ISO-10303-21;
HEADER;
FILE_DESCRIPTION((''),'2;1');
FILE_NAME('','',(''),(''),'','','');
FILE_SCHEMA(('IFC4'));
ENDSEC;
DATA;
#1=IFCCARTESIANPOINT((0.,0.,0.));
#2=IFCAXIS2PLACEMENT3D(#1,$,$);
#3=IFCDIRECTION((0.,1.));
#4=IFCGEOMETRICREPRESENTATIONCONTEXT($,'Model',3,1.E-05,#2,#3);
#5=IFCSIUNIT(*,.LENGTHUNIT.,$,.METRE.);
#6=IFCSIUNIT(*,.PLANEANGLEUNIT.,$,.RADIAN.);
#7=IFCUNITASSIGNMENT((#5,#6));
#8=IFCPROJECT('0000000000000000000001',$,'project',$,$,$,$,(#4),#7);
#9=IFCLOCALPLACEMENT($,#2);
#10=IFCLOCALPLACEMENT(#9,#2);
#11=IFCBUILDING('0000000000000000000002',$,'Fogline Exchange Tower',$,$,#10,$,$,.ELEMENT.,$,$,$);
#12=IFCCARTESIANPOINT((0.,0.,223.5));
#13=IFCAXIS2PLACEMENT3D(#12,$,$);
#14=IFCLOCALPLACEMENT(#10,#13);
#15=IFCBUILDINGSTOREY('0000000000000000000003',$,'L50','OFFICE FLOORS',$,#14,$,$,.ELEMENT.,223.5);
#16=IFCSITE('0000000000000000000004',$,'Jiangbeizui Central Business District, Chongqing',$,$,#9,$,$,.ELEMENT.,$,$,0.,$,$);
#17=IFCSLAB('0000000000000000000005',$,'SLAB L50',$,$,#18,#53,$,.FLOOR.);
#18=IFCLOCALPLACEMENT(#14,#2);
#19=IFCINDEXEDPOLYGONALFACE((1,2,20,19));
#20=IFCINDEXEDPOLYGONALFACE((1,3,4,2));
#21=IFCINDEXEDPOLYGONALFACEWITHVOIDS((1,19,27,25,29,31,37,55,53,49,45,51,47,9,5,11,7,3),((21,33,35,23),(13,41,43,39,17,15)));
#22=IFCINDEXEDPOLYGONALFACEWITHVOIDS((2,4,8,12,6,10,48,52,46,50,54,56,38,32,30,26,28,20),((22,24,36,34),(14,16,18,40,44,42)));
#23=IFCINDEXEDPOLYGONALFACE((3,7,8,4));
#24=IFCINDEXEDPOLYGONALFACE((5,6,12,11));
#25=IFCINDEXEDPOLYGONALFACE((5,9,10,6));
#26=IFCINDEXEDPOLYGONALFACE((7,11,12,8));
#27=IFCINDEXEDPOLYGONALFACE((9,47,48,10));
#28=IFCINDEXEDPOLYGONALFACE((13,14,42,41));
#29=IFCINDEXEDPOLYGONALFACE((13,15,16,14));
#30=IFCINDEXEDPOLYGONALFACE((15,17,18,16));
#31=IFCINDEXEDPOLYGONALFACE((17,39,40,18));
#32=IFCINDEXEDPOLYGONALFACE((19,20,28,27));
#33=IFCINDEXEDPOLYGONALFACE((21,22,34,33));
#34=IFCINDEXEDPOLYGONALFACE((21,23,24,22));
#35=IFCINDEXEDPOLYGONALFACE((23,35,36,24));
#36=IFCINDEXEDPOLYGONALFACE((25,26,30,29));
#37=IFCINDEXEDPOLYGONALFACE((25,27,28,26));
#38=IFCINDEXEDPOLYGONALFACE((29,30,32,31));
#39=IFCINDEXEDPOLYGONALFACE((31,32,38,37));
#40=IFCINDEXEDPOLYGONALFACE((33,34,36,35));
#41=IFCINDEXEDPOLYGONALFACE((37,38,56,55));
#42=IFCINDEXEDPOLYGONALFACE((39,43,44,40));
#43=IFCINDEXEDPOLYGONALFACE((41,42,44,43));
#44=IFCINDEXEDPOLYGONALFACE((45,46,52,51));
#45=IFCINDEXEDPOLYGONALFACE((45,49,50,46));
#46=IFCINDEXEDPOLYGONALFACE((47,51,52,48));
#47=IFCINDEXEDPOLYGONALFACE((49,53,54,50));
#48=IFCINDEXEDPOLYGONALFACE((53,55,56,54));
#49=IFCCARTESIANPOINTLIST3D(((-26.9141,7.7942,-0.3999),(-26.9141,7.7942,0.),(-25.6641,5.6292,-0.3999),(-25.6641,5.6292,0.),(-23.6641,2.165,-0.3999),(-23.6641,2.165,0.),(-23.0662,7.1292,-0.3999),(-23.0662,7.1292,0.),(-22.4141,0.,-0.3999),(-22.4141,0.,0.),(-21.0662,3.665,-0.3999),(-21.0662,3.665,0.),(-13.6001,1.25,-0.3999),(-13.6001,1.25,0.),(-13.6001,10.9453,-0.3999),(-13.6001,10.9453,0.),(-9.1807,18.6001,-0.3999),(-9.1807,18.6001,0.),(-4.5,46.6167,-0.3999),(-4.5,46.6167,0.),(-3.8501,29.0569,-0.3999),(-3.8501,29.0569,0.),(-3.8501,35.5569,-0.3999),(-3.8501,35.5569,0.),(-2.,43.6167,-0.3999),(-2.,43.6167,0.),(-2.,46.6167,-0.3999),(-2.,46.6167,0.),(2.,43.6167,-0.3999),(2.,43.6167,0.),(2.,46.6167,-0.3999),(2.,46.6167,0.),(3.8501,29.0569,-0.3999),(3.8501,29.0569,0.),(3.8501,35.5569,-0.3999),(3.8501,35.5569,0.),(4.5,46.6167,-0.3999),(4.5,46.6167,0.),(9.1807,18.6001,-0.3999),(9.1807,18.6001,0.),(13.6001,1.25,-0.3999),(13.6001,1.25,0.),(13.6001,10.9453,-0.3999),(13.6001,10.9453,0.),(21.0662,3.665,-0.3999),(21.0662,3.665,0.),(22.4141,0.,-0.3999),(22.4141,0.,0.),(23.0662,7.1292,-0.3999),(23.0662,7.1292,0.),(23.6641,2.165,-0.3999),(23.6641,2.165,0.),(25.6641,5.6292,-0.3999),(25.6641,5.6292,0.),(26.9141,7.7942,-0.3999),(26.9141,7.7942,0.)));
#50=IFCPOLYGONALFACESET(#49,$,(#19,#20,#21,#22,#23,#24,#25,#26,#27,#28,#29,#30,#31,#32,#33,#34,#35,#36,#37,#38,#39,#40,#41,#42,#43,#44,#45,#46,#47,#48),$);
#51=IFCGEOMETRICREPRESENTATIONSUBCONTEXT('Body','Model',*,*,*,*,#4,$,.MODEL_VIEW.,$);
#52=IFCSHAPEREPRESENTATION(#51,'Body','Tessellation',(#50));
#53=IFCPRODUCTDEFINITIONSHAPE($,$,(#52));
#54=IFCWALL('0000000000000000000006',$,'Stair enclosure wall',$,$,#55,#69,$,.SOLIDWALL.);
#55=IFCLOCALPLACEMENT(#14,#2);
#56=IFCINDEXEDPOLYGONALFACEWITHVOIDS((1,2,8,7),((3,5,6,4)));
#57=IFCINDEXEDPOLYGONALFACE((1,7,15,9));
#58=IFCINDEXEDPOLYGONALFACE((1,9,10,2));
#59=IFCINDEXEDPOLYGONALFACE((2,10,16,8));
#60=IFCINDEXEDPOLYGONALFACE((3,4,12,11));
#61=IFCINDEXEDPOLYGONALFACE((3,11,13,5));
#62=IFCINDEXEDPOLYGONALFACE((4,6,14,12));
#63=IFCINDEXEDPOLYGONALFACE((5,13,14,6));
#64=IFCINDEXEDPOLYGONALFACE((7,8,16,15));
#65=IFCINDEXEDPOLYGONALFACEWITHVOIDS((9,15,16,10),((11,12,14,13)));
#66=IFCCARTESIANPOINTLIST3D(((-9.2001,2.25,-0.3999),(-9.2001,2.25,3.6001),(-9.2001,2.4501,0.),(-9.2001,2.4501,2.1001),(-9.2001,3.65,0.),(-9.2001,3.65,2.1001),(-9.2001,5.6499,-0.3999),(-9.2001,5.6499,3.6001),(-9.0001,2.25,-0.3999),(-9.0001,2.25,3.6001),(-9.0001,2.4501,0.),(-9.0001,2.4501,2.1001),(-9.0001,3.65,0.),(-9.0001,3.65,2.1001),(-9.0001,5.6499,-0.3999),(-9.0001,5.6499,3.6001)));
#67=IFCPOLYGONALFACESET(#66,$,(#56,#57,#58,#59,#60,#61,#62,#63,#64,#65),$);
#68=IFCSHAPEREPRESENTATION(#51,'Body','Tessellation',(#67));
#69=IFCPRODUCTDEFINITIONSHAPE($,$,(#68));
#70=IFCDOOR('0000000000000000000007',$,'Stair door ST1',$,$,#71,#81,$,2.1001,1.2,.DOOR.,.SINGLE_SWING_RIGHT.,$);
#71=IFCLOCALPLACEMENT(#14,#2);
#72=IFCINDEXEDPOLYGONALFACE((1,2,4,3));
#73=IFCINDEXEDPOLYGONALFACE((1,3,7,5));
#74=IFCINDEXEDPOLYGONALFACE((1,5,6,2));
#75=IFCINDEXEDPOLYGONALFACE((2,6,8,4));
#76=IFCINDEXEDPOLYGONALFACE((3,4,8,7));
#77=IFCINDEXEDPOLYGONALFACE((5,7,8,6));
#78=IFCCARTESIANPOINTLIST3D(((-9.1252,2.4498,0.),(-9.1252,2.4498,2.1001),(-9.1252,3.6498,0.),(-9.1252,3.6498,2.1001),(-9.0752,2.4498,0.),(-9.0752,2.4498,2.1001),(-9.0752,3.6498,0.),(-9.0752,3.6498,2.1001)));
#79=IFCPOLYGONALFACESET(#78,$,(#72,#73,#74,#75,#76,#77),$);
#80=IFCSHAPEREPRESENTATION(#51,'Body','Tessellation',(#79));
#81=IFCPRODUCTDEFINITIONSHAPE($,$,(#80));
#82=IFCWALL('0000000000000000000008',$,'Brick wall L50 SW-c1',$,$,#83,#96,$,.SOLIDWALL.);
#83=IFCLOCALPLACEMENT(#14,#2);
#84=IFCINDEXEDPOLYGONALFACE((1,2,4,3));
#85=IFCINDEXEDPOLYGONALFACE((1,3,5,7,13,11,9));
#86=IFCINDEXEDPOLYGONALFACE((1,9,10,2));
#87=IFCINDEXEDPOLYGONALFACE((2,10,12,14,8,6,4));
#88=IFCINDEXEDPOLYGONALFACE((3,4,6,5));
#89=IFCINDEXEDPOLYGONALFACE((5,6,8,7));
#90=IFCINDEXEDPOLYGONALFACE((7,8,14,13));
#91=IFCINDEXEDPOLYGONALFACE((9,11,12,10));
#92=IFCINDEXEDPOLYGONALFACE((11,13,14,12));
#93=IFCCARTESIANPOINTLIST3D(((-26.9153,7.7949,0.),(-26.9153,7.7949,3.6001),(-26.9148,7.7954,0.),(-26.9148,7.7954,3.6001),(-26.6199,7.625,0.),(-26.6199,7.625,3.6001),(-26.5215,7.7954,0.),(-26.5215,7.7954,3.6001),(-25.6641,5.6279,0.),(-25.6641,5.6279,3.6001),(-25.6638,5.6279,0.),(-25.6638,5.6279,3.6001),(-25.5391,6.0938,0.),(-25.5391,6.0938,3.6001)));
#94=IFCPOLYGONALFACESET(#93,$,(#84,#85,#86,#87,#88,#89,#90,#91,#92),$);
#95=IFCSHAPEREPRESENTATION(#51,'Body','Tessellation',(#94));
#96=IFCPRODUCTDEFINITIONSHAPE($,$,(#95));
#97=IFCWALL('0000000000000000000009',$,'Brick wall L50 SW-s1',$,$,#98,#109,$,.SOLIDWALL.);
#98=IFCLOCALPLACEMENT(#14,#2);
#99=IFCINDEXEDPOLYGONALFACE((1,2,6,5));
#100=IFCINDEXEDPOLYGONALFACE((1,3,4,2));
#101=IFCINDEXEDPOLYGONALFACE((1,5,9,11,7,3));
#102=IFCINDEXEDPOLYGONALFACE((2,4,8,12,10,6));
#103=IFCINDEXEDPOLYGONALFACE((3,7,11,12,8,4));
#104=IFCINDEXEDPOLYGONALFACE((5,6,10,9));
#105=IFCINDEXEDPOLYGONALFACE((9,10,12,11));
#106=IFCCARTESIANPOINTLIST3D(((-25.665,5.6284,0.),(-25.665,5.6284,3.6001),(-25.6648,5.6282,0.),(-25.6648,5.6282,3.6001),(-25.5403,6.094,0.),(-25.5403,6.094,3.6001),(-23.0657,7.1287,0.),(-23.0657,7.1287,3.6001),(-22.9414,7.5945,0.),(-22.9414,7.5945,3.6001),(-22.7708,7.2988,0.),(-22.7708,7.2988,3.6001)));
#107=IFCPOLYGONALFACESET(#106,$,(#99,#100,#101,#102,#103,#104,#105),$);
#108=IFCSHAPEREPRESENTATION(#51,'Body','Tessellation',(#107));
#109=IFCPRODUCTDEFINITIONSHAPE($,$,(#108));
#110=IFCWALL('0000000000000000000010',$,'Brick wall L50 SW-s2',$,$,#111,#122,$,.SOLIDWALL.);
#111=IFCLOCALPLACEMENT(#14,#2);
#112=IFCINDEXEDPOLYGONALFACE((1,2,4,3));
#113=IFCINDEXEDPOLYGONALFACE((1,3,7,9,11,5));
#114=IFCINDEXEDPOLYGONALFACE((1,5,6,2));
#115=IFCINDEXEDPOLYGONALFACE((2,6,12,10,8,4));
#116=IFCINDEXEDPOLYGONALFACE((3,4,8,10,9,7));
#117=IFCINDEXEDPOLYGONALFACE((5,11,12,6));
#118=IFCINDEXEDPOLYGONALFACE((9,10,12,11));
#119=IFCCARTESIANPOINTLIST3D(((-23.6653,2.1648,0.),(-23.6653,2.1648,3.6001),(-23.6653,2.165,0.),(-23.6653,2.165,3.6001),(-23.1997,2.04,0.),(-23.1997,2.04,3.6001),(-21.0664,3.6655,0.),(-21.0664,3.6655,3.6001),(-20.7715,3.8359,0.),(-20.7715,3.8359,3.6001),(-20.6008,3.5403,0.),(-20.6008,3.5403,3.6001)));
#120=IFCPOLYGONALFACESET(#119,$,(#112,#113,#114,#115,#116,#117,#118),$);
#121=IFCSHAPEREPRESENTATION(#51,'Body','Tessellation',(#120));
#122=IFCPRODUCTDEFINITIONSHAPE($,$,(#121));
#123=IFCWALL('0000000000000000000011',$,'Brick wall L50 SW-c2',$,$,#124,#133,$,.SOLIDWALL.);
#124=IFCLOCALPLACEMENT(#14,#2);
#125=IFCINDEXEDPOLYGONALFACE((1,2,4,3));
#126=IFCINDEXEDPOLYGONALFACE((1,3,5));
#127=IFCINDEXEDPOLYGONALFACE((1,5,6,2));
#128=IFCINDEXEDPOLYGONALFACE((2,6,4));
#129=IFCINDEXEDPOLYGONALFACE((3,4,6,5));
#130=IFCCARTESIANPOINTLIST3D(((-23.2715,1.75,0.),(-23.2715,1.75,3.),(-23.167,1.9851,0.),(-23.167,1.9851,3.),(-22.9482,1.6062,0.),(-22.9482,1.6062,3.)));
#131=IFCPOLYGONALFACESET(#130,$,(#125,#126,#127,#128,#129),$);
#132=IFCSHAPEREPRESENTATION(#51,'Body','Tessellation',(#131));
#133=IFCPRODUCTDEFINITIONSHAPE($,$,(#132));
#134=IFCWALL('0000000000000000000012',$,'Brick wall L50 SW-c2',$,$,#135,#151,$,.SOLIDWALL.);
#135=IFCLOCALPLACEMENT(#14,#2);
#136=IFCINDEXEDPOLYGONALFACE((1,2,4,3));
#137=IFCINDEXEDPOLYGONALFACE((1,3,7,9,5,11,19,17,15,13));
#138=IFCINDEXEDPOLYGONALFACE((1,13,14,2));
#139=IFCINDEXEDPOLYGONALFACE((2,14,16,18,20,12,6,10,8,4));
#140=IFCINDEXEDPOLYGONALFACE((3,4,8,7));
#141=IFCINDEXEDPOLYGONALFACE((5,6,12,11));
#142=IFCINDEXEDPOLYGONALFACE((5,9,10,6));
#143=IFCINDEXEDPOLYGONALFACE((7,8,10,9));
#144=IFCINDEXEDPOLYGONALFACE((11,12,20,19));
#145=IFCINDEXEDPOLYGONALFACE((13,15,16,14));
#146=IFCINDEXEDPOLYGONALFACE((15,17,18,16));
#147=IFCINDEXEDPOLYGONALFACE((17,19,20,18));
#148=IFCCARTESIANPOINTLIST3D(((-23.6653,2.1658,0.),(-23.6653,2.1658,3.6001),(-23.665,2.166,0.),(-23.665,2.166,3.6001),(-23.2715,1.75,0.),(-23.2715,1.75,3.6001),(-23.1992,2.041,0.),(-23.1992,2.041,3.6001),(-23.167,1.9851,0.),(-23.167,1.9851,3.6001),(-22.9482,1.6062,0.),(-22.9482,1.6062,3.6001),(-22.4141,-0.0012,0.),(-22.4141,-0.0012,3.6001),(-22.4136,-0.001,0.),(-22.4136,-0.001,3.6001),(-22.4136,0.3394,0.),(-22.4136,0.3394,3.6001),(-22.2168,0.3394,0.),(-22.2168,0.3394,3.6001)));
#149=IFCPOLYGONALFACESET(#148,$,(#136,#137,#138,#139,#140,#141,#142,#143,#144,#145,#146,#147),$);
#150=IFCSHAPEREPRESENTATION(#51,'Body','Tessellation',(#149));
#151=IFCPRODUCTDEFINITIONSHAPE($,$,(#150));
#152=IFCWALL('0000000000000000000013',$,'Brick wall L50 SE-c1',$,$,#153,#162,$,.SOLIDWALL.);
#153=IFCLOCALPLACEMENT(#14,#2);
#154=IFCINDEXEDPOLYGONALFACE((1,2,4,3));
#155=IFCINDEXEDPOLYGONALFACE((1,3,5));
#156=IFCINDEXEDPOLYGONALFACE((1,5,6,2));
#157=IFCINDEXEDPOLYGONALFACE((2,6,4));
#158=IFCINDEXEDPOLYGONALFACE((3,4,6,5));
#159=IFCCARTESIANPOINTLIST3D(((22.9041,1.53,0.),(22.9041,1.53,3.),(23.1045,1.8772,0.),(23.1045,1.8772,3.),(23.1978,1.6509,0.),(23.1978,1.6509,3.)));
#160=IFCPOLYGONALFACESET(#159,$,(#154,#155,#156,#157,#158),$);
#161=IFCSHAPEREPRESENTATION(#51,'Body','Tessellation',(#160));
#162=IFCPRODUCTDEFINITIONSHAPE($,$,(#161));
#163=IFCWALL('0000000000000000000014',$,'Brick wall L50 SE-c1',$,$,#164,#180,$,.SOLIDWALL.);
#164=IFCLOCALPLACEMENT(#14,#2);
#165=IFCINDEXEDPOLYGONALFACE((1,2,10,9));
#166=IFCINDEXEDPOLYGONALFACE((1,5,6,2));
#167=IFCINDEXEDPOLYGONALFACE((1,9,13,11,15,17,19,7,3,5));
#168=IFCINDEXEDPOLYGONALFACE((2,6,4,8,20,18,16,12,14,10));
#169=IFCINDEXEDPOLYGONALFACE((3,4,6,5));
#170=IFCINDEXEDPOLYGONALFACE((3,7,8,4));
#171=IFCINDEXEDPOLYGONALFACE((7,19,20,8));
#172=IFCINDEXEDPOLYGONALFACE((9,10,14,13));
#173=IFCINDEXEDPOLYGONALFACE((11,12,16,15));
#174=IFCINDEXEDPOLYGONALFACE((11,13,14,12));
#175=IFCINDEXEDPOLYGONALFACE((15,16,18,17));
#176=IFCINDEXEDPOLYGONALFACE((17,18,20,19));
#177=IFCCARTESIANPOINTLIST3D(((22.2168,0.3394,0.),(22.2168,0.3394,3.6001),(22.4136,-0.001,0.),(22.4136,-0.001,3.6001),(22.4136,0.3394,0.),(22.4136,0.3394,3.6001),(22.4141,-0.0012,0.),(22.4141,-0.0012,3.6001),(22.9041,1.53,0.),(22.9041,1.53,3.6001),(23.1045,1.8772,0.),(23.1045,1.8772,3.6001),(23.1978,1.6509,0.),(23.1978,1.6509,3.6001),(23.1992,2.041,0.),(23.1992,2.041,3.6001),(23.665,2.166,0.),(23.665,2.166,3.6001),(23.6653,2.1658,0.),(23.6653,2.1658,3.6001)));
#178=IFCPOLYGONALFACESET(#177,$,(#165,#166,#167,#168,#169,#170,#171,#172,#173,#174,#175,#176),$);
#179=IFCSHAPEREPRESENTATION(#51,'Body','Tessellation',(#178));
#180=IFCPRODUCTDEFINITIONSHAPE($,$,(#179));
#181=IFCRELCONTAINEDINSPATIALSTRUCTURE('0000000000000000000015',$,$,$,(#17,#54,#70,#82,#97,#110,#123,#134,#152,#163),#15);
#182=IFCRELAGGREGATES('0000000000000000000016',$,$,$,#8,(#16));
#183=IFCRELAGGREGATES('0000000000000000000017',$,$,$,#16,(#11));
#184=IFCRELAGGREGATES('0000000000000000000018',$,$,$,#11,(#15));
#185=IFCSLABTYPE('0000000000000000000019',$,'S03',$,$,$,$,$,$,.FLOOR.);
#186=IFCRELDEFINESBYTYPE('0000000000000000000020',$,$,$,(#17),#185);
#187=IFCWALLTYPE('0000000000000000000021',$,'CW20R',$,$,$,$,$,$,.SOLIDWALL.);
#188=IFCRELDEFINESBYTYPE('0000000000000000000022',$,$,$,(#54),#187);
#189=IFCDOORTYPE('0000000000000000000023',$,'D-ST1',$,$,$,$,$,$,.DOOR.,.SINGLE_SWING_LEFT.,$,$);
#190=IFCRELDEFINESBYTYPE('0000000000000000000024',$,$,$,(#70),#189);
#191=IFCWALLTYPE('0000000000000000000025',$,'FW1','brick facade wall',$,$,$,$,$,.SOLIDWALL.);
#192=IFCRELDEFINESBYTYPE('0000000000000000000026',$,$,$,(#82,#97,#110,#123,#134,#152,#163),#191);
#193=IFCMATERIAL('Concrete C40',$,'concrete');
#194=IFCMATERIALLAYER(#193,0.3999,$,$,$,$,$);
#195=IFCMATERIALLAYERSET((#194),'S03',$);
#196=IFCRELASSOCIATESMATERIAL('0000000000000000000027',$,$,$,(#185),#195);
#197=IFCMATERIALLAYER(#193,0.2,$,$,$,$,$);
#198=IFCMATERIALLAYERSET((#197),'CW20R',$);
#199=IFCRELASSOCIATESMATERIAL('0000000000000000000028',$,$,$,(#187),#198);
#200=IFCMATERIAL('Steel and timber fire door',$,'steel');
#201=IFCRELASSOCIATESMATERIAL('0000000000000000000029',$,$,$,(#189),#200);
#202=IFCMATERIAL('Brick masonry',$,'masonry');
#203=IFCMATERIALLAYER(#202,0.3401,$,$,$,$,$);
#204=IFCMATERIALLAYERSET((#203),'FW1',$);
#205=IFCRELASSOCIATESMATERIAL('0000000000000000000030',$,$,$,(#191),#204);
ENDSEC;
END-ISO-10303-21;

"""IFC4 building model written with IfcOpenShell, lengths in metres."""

from ifc_helpers import new_model, si_unit, direction, frame, frame_2d, origin, place, context, subcontext, project, spatial, polyline, rectangle, outline, extrude, material, layer, layer_set, type_object, element, fill, save


model = new_model("IFC4")

# Units and contexts
model_context = context("Model", 3, precision=1e-05, world=origin(), true_north=direction((0.0, 1.0)))
body_context = subcontext(model_context, "Body", "Model", "MODEL_VIEW")
ifc_project = project(units=[si_unit("LENGTHUNIT", "METRE"), si_unit("PLANEANGLEUNIT", "RADIAN")], contexts=[model_context])

# Site, building, storey
site_placement = place(None, origin())
site = spatial("IfcSite", under=ifc_project, at=site_placement, Name="Jiangbeizui Central Business District, Chongqing", CompositionType="ELEMENT", RefElevation=0.0)
building_placement = place(site_placement, origin())
building = spatial("IfcBuilding", under=site, at=building_placement, Name="Fogline Exchange Tower", CompositionType="ELEMENT")
storey_placement = place(building_placement, frame((0.0, 0.0, 223.5)))
storey = spatial("IfcBuildingStorey", under=building, at=storey_placement, Name="L50", Description="OFFICE FLOORS", CompositionType="ELEMENT", Elevation=223.5)

# Slab
ifc_material_1 = material(Name="Concrete C40", Category="concrete")
ifc_layer_1 = layer(ifc_material_1, 0.3999)
ifc_layer_set_1 = layer_set([ifc_layer_1], Name="S03")
slab_type = type_object("IfcSlabType", Name="S03", PredefinedType="FLOOR", material=ifc_layer_set_1)
slab_placement = place(storey_placement, frame((0.0, 0.0, -0.3999)))
element("IfcSlab", 1, at=slab_placement, inside=storey, type_object=slab_type, Name="SLAB L50", PredefinedType="FLOOR", context=body_context, shape_type="SweptSolid", body=[
    extrude(outline(polyline([(-2.0, 46.6167), (-4.5, 46.6167), (-26.9141, 7.7942), (-25.6641, 5.6292), (-23.0662, 7.1292), (-21.0662, 3.665), (-23.6641, 2.165), (-22.4141, 0.0), (22.4141, 0.0), (23.6641, 2.165), (21.0662, 3.665), (23.0662, 7.1292), (25.6641, 5.6292), (26.9141, 7.7942), (4.5, 46.6167), (2.0, 46.6167), (2.0, 43.6167), (-2.0, 43.6167), (-2.0, 46.6167)]), holes=[polyline([(13.6001, 10.9453), (13.6001, 1.25), (-13.6001, 1.25), (-13.6001, 10.9453), (-9.1807, 18.6001), (9.1807, 18.6001), (13.6001, 10.9453)]), polyline([(3.8501, 35.5569), (3.8501, 29.0569), (-3.8501, 29.0569), (-3.8501, 35.5569), (3.8501, 35.5569)])]), origin(), (0.0, 0.0, 1.0), 0.3999),
])

# Wall, opening, door
ifc_layer_2 = layer(ifc_material_1, 0.2)
ifc_layer_set_2 = layer_set([ifc_layer_2], Name="CW20R")
wall_type_1 = type_object("IfcWallType", Name="CW20R", PredefinedType="SOLIDWALL", material=ifc_layer_set_2)
wall_1_placement = place(storey_placement, frame((-9.1001, 2.25, -0.3999), z_axis=(0.0, 0.0, 1.0), x_axis=(0.0, 1.0, 0.0)))
wall_1 = element("IfcWall", 2, at=wall_1_placement, inside=storey, type_object=wall_type_1, Name="Stair enclosure wall", PredefinedType="SOLIDWALL", context=body_context, shape_type="SweptSolid", body=[
    extrude(rectangle(XDim=3.3999, YDim=0.2, at=frame_2d((1.7, 0.0))), origin(), (0.0, 0.0, 1.0), 4.0),
])
opening_placement = place(wall_1_placement, frame((0.2, 0.0, 0.3999)))
opening = element("IfcOpeningElement", 3, at=opening_placement, cuts=wall_1, PredefinedType="OPENING", context=body_context, shape_type="SweptSolid", body=[
    extrude(rectangle(XDim=1.2, YDim=2.1001, at=frame_2d((0.6001, 1.05))), frame((0.0, 0.1099, 0.0), z_axis=(0.0, -1.0, 0.0), x_axis=(1.0, 0.0, 0.0)), (0.0, 0.0, 1.0), 0.22),
])
ifc_material_2 = material(Name="Steel and timber fire door", Category="steel")
door_type = type_object("IfcDoorType", Name="D-ST1", OperationType="SINGLE_SWING_LEFT", PredefinedType="DOOR", material=ifc_material_2)
door_placement = place(opening_placement, frame((1.2, 0.0, 0.0), z_axis=(0.0, 0.0, 1.0), x_axis=(-1.0, 0.0, 0.0)))
door = element("IfcDoor", 4, at=door_placement, inside=storey, type_object=door_type, Name="Stair door ST1", OperationType="SINGLE_SWING_RIGHT", OverallHeight=2.1001, OverallWidth=1.2, PredefinedType="DOOR", context=body_context, shape_type="SweptSolid", body=[
    extrude(rectangle(XDim=1.2, YDim=2.1001, at=frame_2d((0.6001, 1.05))), frame((0.0, 0.0249, 0.0), z_axis=(0.0, -1.0, 0.0), x_axis=(1.0, 0.0, 0.0)), (0.0, 0.0, 1.0), 0.05),
])
fill(opening, door)

# Walls
ifc_material_3 = material(Name="Brick masonry", Category="masonry")
ifc_layer_3 = layer(ifc_material_3, 0.3401)
ifc_layer_set_3 = layer_set([ifc_layer_3], Name="FW1")
wall_type_2 = type_object("IfcWallType", Name="FW1", Description="brick facade wall", PredefinedType="SOLIDWALL", material=ifc_layer_set_3)
wall_2_placement = place(storey_placement, origin())
element("IfcWall", 5, at=wall_2_placement, inside=storey, type_object=wall_type_2, Name="Brick wall L50 SW-c1", PredefinedType="SOLIDWALL", context=body_context, shape_type="SweptSolid", body=[
    extrude(outline(polyline([(-25.6641, 5.6279), (-26.9153, 7.7949), (-26.9148, 7.7954), (-26.6199, 7.625), (-26.5215, 7.7954), (-25.5391, 6.0938), (-25.6638, 5.6279), (-25.6641, 5.6279)])), origin(), (0.0, 0.0, 1.0), 3.6001),
])
wall_3_placement = place(storey_placement, origin())
element("IfcWall", 6, at=wall_3_placement, inside=storey, type_object=wall_type_2, Name="Brick wall L50 SW-s1", PredefinedType="SOLIDWALL", context=body_context, shape_type="SweptSolid", body=[
    extrude(outline(polyline([(-22.9414, 7.5945), (-22.7708, 7.2988), (-23.0657, 7.1287), (-25.6648, 5.6282), (-25.665, 5.6284), (-25.5403, 6.094), (-22.9414, 7.5945)])), origin(), (0.0, 0.0, 1.0), 3.6001),
])
wall_4_placement = place(storey_placement, origin())
element("IfcWall", 7, at=wall_4_placement, inside=storey, type_object=wall_type_2, Name="Brick wall L50 SW-s2", PredefinedType="SOLIDWALL", context=body_context, shape_type="SweptSolid", body=[
    extrude(outline(polyline([(-23.6653, 2.165), (-21.0664, 3.6655), (-20.7715, 3.8359), (-20.6008, 3.5403), (-23.1997, 2.04), (-23.6653, 2.1648), (-23.6653, 2.165)])), origin(), (0.0, 0.0, 1.0), 3.6001),
])
wall_5_placement = place(storey_placement, origin())
element("IfcWall", 8, at=wall_5_placement, inside=storey, type_object=wall_type_2, Name="Brick wall L50 SW-c2", PredefinedType="SOLIDWALL", context=body_context, shape_type="SweptSolid", body=[
    extrude(outline(polyline([(-22.9482, 1.6062), (-23.2715, 1.75), (-23.167, 1.9851), (-22.9482, 1.6062)])), origin(), (0.0, 0.0, 1.0), 3.0),
])
wall_6_placement = place(storey_placement, origin())
element("IfcWall", 9, at=wall_6_placement, inside=storey, type_object=wall_type_2, Name="Brick wall L50 SW-c2", PredefinedType="SOLIDWALL", context=body_context, shape_type="SweptSolid", body=[
    extrude(outline(polyline([(-22.4136, 0.3394), (-22.4136, -0.001), (-22.4141, -0.0012), (-23.6653, 2.1658), (-23.665, 2.166), (-23.1992, 2.041), (-23.167, 1.9851), (-23.2715, 1.75), (-22.9482, 1.6062), (-22.2168, 0.3394), (-22.4136, 0.3394)])), origin(), (0.0, 0.0, 1.0), 3.6001),
])
wall_7_placement = place(storey_placement, origin())
element("IfcWall", 10, at=wall_7_placement, inside=storey, type_object=wall_type_2, Name="Brick wall L50 SE-c1", PredefinedType="SOLIDWALL", context=body_context, shape_type="SweptSolid", body=[
    extrude(outline(polyline([(23.1045, 1.8772), (23.1978, 1.6509), (22.9041, 1.53), (23.1045, 1.8772)])), origin(), (0.0, 0.0, 1.0), 3.0),
])
wall_8_placement = place(storey_placement, origin())
element("IfcWall", 11, at=wall_8_placement, inside=storey, type_object=wall_type_2, Name="Brick wall L50 SE-c1", PredefinedType="SOLIDWALL", context=body_context, shape_type="SweptSolid", body=[
    extrude(outline(polyline([(22.4141, -0.0012), (22.4136, -0.001), (22.4136, 0.3394), (22.2168, 0.3394), (22.9041, 1.53), (23.1978, 1.6509), (23.1045, 1.8772), (23.1992, 2.041), (23.665, 2.166), (23.6653, 2.1658), (22.4141, -0.0012)])), origin(), (0.0, 0.0, 1.0), 3.6001),
])

save(model, "model.ifc")
